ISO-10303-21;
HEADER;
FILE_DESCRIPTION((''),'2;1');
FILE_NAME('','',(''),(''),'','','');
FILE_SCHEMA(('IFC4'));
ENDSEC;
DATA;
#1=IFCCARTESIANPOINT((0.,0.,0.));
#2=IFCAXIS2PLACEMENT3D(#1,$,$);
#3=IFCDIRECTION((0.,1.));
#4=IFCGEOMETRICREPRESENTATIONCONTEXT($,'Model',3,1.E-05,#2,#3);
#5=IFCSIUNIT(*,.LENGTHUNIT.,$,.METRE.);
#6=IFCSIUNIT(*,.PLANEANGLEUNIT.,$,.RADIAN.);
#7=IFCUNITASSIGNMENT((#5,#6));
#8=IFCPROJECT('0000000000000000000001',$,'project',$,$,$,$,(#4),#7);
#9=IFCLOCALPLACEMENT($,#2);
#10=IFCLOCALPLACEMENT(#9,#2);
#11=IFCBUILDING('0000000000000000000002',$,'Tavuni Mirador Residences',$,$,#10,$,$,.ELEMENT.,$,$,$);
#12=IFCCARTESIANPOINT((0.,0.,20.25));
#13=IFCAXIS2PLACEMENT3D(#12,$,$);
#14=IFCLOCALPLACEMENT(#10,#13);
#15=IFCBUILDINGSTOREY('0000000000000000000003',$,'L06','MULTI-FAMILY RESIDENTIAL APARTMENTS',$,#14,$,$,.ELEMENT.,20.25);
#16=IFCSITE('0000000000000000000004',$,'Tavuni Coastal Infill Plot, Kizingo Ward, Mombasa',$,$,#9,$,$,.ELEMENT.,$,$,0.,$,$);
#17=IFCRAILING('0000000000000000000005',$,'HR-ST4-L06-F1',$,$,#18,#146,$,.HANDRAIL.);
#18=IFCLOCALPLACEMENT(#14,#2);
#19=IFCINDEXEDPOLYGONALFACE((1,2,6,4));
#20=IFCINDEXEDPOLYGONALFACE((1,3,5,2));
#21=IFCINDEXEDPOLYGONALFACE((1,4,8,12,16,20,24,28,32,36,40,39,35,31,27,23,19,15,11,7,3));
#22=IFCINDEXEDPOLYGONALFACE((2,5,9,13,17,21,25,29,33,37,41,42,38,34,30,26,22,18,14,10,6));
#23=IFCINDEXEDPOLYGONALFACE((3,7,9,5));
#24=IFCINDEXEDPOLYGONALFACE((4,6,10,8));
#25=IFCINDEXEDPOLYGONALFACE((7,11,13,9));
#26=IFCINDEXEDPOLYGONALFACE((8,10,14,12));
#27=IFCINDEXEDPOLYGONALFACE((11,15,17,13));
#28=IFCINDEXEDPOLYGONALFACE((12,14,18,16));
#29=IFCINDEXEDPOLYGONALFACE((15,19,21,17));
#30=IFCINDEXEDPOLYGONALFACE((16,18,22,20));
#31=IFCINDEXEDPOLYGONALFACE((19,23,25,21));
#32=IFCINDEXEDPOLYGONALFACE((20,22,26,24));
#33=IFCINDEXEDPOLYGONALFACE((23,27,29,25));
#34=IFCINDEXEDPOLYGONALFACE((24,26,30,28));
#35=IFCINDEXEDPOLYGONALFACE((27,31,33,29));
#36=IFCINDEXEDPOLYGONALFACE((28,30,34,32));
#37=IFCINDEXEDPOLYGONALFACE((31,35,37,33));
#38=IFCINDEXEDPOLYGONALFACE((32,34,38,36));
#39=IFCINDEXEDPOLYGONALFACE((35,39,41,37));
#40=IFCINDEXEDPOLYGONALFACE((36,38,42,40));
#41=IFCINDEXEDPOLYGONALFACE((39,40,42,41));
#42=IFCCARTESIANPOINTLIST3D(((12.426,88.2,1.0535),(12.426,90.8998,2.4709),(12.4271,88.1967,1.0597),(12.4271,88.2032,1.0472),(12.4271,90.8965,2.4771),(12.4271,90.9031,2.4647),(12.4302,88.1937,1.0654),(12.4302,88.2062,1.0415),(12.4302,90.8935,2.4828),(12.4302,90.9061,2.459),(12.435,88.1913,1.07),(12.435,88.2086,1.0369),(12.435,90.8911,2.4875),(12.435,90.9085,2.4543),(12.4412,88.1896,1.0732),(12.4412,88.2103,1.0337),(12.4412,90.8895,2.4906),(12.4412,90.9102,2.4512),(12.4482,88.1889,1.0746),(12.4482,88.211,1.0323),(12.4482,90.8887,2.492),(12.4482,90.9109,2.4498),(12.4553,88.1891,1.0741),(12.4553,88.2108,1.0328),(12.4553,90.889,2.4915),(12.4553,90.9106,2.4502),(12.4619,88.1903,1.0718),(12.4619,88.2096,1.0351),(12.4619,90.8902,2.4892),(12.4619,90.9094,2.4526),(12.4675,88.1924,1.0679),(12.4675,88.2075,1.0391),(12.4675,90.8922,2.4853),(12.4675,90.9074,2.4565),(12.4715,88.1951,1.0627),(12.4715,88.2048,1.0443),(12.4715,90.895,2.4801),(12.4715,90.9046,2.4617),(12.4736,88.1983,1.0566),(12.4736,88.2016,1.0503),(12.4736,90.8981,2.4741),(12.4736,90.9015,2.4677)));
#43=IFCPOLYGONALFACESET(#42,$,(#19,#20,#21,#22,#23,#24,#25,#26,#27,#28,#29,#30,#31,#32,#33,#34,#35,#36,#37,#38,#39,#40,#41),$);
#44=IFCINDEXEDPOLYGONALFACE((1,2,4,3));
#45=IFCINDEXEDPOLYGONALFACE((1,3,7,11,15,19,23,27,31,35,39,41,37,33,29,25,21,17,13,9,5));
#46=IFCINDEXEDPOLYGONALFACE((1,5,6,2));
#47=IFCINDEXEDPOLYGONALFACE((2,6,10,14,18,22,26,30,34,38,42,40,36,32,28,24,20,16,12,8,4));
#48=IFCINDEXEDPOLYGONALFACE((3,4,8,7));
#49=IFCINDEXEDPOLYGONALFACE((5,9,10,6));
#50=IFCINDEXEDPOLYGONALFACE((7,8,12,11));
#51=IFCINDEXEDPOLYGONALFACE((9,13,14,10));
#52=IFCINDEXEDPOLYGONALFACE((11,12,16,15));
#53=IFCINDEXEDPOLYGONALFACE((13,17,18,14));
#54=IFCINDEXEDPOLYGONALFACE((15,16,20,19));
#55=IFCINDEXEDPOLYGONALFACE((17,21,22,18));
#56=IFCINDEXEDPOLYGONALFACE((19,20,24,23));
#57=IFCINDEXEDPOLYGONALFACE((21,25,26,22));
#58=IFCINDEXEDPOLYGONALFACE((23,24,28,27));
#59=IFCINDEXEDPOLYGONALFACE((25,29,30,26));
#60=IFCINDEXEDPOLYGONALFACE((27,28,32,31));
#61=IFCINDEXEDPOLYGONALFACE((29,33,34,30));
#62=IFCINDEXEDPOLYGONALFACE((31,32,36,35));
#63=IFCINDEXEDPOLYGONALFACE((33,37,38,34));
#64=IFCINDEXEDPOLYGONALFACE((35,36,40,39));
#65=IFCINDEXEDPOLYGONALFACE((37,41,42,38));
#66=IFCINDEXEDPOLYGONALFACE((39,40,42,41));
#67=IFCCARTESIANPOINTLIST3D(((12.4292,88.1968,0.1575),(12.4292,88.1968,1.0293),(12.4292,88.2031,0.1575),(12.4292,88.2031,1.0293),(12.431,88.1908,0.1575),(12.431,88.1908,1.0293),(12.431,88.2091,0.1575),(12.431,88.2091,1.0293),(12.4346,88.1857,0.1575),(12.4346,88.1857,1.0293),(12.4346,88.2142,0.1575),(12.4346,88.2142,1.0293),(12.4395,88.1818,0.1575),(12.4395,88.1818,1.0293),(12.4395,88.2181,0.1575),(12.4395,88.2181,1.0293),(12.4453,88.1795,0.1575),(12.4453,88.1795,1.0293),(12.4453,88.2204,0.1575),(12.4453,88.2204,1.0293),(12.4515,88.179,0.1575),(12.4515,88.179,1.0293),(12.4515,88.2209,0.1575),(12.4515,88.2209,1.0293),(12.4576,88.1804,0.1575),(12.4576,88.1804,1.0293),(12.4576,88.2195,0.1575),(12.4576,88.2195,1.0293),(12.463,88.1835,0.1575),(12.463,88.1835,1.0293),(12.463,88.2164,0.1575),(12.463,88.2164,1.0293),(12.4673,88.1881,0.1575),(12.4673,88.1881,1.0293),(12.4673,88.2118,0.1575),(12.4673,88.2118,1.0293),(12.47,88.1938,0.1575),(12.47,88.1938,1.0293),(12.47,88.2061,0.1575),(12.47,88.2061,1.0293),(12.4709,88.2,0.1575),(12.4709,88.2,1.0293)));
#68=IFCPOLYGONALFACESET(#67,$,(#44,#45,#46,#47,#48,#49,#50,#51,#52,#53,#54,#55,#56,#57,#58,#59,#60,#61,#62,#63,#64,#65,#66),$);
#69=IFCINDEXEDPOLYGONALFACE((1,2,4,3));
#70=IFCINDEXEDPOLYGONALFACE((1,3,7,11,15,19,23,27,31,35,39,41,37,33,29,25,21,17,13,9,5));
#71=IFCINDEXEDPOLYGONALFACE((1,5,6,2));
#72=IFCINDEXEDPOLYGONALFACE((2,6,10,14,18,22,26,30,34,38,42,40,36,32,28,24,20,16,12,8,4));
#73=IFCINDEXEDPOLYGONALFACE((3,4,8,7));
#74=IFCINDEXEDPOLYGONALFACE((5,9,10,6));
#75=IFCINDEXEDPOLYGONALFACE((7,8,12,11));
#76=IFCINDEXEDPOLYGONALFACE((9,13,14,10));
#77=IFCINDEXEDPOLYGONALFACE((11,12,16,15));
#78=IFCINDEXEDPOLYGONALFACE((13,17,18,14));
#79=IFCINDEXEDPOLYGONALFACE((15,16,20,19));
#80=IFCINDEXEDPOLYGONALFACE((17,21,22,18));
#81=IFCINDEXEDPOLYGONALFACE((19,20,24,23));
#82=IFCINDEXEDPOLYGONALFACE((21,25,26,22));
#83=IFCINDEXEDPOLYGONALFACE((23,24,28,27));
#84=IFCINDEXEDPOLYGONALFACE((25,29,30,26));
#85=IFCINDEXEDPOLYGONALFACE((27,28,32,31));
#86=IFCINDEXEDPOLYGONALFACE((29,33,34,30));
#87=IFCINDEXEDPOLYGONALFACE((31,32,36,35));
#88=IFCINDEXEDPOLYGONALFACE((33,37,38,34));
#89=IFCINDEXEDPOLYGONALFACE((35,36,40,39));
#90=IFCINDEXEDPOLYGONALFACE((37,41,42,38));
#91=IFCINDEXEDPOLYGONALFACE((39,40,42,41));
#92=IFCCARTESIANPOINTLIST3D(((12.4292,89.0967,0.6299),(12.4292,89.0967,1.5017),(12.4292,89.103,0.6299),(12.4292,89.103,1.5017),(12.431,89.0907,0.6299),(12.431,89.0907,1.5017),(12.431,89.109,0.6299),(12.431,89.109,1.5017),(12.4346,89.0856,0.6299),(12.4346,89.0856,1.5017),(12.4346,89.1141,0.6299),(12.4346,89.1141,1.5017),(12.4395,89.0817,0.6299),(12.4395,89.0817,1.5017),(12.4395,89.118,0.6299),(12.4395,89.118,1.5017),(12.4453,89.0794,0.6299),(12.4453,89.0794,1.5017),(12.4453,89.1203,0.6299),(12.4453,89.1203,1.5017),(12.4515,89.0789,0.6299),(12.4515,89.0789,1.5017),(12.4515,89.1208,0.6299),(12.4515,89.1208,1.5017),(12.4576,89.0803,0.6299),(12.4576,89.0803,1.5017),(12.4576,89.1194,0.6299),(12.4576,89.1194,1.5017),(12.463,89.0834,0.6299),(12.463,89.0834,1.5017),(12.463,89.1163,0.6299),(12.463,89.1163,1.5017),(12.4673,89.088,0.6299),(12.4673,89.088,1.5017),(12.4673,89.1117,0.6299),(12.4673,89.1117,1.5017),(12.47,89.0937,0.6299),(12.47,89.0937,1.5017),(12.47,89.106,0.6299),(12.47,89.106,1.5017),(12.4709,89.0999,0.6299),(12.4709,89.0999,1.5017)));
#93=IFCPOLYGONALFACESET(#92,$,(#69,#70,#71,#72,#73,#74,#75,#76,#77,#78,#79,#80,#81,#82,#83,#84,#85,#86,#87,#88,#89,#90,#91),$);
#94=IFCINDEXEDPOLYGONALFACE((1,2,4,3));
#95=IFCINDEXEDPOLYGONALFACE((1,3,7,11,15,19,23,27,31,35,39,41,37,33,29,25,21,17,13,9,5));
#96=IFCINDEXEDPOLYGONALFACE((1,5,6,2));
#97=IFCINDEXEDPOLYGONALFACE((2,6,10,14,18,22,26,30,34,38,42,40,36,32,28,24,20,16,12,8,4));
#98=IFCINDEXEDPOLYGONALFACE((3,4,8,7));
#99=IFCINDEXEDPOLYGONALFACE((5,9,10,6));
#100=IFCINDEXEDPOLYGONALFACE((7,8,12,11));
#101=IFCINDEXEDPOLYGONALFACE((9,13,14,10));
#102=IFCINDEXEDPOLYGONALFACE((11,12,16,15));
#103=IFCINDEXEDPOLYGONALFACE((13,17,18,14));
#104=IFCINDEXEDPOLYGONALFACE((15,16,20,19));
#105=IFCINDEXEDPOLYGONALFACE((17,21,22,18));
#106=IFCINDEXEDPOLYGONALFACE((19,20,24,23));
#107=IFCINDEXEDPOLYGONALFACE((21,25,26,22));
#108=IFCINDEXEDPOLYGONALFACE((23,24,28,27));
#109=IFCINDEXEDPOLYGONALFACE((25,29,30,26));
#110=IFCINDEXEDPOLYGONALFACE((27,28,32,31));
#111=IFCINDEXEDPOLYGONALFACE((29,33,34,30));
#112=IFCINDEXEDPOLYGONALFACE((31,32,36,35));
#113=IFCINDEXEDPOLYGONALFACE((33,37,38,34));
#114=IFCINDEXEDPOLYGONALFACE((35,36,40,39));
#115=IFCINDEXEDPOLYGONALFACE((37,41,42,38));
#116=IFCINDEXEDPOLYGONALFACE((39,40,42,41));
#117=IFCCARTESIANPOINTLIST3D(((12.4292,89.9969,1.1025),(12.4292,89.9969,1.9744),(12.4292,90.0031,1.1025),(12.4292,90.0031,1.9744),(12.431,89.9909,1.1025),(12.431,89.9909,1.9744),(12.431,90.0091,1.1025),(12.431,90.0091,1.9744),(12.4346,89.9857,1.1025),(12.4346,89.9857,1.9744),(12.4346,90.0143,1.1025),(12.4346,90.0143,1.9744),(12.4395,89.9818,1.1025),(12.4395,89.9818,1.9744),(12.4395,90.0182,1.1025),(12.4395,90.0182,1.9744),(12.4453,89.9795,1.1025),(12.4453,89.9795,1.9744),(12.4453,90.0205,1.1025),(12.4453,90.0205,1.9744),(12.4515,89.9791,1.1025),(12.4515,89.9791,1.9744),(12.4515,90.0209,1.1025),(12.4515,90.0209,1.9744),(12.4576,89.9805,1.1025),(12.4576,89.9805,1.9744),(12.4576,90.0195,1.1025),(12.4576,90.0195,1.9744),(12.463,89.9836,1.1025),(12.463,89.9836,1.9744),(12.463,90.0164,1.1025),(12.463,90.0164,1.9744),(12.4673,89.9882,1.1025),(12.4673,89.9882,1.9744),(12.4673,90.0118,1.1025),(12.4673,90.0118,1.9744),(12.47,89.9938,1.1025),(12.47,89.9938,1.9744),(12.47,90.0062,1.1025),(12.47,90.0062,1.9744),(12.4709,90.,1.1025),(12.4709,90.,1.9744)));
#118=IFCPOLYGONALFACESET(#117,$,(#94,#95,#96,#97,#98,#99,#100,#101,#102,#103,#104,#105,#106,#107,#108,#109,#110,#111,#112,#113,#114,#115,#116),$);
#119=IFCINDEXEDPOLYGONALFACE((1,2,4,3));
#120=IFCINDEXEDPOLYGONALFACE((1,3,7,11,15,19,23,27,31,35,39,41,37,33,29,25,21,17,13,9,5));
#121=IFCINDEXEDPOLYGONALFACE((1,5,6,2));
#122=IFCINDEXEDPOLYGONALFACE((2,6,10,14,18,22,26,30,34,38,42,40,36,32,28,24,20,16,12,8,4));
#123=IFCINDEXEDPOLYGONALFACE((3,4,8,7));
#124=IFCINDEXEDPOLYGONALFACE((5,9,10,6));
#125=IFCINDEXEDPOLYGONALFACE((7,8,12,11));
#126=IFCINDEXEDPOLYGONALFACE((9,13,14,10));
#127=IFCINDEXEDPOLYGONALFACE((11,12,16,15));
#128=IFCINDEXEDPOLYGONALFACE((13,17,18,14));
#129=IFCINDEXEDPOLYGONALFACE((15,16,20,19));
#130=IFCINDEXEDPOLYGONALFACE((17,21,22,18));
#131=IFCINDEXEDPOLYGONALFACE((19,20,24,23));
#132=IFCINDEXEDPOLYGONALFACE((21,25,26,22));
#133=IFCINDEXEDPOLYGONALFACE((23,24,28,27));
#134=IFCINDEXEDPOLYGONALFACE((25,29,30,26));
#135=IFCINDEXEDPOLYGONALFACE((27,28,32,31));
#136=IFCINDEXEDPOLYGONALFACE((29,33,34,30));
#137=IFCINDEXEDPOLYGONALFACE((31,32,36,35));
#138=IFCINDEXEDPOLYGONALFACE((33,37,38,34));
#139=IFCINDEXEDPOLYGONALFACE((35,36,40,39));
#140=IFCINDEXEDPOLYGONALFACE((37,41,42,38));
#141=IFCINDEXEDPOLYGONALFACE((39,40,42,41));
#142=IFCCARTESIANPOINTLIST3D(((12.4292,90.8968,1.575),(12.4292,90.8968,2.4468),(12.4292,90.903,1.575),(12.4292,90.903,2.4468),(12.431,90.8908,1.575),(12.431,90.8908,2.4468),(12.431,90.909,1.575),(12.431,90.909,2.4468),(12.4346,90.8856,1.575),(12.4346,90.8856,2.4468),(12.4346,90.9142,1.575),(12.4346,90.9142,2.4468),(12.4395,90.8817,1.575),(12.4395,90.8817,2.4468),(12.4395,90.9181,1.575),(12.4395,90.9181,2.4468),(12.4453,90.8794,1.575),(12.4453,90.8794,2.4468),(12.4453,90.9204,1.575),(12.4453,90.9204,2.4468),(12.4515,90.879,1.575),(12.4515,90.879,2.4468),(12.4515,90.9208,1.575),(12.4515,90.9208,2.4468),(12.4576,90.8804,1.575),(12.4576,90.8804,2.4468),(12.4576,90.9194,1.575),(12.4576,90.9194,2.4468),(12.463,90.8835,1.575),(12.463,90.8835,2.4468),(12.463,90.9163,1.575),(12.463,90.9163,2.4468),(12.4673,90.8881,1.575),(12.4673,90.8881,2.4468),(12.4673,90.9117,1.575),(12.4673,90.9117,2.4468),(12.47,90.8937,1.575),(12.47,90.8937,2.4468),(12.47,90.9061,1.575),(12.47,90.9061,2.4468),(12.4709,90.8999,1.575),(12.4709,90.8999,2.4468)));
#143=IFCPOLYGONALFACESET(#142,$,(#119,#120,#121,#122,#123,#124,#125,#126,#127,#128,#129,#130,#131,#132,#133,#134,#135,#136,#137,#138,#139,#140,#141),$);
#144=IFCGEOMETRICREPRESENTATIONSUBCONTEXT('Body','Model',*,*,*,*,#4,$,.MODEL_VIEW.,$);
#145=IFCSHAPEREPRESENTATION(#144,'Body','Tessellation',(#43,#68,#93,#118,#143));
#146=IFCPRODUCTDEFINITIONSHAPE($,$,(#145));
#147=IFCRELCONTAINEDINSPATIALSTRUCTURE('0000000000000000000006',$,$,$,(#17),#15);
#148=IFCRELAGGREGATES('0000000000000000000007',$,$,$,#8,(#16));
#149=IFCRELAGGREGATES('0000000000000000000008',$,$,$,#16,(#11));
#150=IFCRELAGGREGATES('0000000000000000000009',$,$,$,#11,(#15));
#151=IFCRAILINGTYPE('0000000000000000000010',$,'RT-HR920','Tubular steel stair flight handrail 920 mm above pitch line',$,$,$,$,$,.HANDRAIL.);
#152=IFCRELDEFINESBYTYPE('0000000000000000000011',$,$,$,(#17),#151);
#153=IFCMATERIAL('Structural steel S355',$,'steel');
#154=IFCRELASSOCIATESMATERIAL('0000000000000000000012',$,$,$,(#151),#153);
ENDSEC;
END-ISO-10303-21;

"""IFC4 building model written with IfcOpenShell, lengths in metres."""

from ifc_helpers import new_model, si_unit, direction, frame, origin, origin_2d, place, context, subcontext, project, spatial, circle, extrude, material, type_object, element, save


model = new_model("IFC4")

# Units and contexts
model_context = context("Model", 3, precision=1e-05, world=origin(), true_north=direction((0.0, 1.0)))
body_context = subcontext(model_context, "Body", "Model", "MODEL_VIEW")
ifc_project = project(units=[si_unit("LENGTHUNIT", "METRE"), si_unit("PLANEANGLEUNIT", "RADIAN")], contexts=[model_context])

# Site, building, storey
site_placement = place(None, origin())
site = spatial("IfcSite", under=ifc_project, at=site_placement, Name="Tavuni Coastal Infill Plot, Kizingo Ward, Mombasa", CompositionType="ELEMENT", RefElevation=0.0)
building_placement = place(site_placement, origin())
building = spatial("IfcBuilding", under=site, at=building_placement, Name="Tavuni Mirador Residences", CompositionType="ELEMENT")
storey_placement = place(building_placement, frame((0.0, 0.0, 20.25)))
storey = spatial("IfcBuildingStorey", under=building, at=storey_placement, Name="L06", Description="MULTI-FAMILY RESIDENTIAL APARTMENTS", CompositionType="ELEMENT", Elevation=20.25)

# Shared definitions
ifc_material_1 = material(Name="Structural steel S355", Category="steel")

# Railing
railing_type_1 = type_object("IfcRailingType", Name="RT-HR920", Description="Tubular steel stair flight handrail 920 mm above pitch line", PredefinedType="HANDRAIL", material=ifc_material_1)
railing_1_placement = place(storey_placement, frame((12.45, 88.2, 0.1575)))
element("IfcRailing", 1, at=railing_1_placement, inside=storey, type_object=railing_type_1, Name="HR-ST4-L06-F1", PredefinedType="HANDRAIL", context=body_context, shape_type="SweptSolid", body=[
    extrude(circle(Radius=0.0239, at=origin_2d()), frame((0.0, 0.0, 0.896), z_axis=(0.0, 0.885397, 0.464835), x_axis=(-1.0, 0.0, 0.0)), (0.0, 0.0, 1.0), 3.0493),
    extrude(circle(Radius=0.021, at=origin_2d()), origin(), (0.0, 0.0, 1.0), 0.8718),
    extrude(circle(Radius=0.021, at=origin_2d()), frame((0.0, 0.8999, 0.4724)), (0.0, 0.0, 1.0), 0.8718),
    extrude(circle(Radius=0.021, at=origin_2d()), frame((0.0, 1.8, 0.9451)), (0.0, 0.0, 1.0), 0.8718),
    extrude(circle(Radius=0.021, at=origin_2d()), frame((0.0, 2.7, 1.4175)), (0.0, 0.0, 1.0), 0.8718),
])

save(model, "model.ifc")
